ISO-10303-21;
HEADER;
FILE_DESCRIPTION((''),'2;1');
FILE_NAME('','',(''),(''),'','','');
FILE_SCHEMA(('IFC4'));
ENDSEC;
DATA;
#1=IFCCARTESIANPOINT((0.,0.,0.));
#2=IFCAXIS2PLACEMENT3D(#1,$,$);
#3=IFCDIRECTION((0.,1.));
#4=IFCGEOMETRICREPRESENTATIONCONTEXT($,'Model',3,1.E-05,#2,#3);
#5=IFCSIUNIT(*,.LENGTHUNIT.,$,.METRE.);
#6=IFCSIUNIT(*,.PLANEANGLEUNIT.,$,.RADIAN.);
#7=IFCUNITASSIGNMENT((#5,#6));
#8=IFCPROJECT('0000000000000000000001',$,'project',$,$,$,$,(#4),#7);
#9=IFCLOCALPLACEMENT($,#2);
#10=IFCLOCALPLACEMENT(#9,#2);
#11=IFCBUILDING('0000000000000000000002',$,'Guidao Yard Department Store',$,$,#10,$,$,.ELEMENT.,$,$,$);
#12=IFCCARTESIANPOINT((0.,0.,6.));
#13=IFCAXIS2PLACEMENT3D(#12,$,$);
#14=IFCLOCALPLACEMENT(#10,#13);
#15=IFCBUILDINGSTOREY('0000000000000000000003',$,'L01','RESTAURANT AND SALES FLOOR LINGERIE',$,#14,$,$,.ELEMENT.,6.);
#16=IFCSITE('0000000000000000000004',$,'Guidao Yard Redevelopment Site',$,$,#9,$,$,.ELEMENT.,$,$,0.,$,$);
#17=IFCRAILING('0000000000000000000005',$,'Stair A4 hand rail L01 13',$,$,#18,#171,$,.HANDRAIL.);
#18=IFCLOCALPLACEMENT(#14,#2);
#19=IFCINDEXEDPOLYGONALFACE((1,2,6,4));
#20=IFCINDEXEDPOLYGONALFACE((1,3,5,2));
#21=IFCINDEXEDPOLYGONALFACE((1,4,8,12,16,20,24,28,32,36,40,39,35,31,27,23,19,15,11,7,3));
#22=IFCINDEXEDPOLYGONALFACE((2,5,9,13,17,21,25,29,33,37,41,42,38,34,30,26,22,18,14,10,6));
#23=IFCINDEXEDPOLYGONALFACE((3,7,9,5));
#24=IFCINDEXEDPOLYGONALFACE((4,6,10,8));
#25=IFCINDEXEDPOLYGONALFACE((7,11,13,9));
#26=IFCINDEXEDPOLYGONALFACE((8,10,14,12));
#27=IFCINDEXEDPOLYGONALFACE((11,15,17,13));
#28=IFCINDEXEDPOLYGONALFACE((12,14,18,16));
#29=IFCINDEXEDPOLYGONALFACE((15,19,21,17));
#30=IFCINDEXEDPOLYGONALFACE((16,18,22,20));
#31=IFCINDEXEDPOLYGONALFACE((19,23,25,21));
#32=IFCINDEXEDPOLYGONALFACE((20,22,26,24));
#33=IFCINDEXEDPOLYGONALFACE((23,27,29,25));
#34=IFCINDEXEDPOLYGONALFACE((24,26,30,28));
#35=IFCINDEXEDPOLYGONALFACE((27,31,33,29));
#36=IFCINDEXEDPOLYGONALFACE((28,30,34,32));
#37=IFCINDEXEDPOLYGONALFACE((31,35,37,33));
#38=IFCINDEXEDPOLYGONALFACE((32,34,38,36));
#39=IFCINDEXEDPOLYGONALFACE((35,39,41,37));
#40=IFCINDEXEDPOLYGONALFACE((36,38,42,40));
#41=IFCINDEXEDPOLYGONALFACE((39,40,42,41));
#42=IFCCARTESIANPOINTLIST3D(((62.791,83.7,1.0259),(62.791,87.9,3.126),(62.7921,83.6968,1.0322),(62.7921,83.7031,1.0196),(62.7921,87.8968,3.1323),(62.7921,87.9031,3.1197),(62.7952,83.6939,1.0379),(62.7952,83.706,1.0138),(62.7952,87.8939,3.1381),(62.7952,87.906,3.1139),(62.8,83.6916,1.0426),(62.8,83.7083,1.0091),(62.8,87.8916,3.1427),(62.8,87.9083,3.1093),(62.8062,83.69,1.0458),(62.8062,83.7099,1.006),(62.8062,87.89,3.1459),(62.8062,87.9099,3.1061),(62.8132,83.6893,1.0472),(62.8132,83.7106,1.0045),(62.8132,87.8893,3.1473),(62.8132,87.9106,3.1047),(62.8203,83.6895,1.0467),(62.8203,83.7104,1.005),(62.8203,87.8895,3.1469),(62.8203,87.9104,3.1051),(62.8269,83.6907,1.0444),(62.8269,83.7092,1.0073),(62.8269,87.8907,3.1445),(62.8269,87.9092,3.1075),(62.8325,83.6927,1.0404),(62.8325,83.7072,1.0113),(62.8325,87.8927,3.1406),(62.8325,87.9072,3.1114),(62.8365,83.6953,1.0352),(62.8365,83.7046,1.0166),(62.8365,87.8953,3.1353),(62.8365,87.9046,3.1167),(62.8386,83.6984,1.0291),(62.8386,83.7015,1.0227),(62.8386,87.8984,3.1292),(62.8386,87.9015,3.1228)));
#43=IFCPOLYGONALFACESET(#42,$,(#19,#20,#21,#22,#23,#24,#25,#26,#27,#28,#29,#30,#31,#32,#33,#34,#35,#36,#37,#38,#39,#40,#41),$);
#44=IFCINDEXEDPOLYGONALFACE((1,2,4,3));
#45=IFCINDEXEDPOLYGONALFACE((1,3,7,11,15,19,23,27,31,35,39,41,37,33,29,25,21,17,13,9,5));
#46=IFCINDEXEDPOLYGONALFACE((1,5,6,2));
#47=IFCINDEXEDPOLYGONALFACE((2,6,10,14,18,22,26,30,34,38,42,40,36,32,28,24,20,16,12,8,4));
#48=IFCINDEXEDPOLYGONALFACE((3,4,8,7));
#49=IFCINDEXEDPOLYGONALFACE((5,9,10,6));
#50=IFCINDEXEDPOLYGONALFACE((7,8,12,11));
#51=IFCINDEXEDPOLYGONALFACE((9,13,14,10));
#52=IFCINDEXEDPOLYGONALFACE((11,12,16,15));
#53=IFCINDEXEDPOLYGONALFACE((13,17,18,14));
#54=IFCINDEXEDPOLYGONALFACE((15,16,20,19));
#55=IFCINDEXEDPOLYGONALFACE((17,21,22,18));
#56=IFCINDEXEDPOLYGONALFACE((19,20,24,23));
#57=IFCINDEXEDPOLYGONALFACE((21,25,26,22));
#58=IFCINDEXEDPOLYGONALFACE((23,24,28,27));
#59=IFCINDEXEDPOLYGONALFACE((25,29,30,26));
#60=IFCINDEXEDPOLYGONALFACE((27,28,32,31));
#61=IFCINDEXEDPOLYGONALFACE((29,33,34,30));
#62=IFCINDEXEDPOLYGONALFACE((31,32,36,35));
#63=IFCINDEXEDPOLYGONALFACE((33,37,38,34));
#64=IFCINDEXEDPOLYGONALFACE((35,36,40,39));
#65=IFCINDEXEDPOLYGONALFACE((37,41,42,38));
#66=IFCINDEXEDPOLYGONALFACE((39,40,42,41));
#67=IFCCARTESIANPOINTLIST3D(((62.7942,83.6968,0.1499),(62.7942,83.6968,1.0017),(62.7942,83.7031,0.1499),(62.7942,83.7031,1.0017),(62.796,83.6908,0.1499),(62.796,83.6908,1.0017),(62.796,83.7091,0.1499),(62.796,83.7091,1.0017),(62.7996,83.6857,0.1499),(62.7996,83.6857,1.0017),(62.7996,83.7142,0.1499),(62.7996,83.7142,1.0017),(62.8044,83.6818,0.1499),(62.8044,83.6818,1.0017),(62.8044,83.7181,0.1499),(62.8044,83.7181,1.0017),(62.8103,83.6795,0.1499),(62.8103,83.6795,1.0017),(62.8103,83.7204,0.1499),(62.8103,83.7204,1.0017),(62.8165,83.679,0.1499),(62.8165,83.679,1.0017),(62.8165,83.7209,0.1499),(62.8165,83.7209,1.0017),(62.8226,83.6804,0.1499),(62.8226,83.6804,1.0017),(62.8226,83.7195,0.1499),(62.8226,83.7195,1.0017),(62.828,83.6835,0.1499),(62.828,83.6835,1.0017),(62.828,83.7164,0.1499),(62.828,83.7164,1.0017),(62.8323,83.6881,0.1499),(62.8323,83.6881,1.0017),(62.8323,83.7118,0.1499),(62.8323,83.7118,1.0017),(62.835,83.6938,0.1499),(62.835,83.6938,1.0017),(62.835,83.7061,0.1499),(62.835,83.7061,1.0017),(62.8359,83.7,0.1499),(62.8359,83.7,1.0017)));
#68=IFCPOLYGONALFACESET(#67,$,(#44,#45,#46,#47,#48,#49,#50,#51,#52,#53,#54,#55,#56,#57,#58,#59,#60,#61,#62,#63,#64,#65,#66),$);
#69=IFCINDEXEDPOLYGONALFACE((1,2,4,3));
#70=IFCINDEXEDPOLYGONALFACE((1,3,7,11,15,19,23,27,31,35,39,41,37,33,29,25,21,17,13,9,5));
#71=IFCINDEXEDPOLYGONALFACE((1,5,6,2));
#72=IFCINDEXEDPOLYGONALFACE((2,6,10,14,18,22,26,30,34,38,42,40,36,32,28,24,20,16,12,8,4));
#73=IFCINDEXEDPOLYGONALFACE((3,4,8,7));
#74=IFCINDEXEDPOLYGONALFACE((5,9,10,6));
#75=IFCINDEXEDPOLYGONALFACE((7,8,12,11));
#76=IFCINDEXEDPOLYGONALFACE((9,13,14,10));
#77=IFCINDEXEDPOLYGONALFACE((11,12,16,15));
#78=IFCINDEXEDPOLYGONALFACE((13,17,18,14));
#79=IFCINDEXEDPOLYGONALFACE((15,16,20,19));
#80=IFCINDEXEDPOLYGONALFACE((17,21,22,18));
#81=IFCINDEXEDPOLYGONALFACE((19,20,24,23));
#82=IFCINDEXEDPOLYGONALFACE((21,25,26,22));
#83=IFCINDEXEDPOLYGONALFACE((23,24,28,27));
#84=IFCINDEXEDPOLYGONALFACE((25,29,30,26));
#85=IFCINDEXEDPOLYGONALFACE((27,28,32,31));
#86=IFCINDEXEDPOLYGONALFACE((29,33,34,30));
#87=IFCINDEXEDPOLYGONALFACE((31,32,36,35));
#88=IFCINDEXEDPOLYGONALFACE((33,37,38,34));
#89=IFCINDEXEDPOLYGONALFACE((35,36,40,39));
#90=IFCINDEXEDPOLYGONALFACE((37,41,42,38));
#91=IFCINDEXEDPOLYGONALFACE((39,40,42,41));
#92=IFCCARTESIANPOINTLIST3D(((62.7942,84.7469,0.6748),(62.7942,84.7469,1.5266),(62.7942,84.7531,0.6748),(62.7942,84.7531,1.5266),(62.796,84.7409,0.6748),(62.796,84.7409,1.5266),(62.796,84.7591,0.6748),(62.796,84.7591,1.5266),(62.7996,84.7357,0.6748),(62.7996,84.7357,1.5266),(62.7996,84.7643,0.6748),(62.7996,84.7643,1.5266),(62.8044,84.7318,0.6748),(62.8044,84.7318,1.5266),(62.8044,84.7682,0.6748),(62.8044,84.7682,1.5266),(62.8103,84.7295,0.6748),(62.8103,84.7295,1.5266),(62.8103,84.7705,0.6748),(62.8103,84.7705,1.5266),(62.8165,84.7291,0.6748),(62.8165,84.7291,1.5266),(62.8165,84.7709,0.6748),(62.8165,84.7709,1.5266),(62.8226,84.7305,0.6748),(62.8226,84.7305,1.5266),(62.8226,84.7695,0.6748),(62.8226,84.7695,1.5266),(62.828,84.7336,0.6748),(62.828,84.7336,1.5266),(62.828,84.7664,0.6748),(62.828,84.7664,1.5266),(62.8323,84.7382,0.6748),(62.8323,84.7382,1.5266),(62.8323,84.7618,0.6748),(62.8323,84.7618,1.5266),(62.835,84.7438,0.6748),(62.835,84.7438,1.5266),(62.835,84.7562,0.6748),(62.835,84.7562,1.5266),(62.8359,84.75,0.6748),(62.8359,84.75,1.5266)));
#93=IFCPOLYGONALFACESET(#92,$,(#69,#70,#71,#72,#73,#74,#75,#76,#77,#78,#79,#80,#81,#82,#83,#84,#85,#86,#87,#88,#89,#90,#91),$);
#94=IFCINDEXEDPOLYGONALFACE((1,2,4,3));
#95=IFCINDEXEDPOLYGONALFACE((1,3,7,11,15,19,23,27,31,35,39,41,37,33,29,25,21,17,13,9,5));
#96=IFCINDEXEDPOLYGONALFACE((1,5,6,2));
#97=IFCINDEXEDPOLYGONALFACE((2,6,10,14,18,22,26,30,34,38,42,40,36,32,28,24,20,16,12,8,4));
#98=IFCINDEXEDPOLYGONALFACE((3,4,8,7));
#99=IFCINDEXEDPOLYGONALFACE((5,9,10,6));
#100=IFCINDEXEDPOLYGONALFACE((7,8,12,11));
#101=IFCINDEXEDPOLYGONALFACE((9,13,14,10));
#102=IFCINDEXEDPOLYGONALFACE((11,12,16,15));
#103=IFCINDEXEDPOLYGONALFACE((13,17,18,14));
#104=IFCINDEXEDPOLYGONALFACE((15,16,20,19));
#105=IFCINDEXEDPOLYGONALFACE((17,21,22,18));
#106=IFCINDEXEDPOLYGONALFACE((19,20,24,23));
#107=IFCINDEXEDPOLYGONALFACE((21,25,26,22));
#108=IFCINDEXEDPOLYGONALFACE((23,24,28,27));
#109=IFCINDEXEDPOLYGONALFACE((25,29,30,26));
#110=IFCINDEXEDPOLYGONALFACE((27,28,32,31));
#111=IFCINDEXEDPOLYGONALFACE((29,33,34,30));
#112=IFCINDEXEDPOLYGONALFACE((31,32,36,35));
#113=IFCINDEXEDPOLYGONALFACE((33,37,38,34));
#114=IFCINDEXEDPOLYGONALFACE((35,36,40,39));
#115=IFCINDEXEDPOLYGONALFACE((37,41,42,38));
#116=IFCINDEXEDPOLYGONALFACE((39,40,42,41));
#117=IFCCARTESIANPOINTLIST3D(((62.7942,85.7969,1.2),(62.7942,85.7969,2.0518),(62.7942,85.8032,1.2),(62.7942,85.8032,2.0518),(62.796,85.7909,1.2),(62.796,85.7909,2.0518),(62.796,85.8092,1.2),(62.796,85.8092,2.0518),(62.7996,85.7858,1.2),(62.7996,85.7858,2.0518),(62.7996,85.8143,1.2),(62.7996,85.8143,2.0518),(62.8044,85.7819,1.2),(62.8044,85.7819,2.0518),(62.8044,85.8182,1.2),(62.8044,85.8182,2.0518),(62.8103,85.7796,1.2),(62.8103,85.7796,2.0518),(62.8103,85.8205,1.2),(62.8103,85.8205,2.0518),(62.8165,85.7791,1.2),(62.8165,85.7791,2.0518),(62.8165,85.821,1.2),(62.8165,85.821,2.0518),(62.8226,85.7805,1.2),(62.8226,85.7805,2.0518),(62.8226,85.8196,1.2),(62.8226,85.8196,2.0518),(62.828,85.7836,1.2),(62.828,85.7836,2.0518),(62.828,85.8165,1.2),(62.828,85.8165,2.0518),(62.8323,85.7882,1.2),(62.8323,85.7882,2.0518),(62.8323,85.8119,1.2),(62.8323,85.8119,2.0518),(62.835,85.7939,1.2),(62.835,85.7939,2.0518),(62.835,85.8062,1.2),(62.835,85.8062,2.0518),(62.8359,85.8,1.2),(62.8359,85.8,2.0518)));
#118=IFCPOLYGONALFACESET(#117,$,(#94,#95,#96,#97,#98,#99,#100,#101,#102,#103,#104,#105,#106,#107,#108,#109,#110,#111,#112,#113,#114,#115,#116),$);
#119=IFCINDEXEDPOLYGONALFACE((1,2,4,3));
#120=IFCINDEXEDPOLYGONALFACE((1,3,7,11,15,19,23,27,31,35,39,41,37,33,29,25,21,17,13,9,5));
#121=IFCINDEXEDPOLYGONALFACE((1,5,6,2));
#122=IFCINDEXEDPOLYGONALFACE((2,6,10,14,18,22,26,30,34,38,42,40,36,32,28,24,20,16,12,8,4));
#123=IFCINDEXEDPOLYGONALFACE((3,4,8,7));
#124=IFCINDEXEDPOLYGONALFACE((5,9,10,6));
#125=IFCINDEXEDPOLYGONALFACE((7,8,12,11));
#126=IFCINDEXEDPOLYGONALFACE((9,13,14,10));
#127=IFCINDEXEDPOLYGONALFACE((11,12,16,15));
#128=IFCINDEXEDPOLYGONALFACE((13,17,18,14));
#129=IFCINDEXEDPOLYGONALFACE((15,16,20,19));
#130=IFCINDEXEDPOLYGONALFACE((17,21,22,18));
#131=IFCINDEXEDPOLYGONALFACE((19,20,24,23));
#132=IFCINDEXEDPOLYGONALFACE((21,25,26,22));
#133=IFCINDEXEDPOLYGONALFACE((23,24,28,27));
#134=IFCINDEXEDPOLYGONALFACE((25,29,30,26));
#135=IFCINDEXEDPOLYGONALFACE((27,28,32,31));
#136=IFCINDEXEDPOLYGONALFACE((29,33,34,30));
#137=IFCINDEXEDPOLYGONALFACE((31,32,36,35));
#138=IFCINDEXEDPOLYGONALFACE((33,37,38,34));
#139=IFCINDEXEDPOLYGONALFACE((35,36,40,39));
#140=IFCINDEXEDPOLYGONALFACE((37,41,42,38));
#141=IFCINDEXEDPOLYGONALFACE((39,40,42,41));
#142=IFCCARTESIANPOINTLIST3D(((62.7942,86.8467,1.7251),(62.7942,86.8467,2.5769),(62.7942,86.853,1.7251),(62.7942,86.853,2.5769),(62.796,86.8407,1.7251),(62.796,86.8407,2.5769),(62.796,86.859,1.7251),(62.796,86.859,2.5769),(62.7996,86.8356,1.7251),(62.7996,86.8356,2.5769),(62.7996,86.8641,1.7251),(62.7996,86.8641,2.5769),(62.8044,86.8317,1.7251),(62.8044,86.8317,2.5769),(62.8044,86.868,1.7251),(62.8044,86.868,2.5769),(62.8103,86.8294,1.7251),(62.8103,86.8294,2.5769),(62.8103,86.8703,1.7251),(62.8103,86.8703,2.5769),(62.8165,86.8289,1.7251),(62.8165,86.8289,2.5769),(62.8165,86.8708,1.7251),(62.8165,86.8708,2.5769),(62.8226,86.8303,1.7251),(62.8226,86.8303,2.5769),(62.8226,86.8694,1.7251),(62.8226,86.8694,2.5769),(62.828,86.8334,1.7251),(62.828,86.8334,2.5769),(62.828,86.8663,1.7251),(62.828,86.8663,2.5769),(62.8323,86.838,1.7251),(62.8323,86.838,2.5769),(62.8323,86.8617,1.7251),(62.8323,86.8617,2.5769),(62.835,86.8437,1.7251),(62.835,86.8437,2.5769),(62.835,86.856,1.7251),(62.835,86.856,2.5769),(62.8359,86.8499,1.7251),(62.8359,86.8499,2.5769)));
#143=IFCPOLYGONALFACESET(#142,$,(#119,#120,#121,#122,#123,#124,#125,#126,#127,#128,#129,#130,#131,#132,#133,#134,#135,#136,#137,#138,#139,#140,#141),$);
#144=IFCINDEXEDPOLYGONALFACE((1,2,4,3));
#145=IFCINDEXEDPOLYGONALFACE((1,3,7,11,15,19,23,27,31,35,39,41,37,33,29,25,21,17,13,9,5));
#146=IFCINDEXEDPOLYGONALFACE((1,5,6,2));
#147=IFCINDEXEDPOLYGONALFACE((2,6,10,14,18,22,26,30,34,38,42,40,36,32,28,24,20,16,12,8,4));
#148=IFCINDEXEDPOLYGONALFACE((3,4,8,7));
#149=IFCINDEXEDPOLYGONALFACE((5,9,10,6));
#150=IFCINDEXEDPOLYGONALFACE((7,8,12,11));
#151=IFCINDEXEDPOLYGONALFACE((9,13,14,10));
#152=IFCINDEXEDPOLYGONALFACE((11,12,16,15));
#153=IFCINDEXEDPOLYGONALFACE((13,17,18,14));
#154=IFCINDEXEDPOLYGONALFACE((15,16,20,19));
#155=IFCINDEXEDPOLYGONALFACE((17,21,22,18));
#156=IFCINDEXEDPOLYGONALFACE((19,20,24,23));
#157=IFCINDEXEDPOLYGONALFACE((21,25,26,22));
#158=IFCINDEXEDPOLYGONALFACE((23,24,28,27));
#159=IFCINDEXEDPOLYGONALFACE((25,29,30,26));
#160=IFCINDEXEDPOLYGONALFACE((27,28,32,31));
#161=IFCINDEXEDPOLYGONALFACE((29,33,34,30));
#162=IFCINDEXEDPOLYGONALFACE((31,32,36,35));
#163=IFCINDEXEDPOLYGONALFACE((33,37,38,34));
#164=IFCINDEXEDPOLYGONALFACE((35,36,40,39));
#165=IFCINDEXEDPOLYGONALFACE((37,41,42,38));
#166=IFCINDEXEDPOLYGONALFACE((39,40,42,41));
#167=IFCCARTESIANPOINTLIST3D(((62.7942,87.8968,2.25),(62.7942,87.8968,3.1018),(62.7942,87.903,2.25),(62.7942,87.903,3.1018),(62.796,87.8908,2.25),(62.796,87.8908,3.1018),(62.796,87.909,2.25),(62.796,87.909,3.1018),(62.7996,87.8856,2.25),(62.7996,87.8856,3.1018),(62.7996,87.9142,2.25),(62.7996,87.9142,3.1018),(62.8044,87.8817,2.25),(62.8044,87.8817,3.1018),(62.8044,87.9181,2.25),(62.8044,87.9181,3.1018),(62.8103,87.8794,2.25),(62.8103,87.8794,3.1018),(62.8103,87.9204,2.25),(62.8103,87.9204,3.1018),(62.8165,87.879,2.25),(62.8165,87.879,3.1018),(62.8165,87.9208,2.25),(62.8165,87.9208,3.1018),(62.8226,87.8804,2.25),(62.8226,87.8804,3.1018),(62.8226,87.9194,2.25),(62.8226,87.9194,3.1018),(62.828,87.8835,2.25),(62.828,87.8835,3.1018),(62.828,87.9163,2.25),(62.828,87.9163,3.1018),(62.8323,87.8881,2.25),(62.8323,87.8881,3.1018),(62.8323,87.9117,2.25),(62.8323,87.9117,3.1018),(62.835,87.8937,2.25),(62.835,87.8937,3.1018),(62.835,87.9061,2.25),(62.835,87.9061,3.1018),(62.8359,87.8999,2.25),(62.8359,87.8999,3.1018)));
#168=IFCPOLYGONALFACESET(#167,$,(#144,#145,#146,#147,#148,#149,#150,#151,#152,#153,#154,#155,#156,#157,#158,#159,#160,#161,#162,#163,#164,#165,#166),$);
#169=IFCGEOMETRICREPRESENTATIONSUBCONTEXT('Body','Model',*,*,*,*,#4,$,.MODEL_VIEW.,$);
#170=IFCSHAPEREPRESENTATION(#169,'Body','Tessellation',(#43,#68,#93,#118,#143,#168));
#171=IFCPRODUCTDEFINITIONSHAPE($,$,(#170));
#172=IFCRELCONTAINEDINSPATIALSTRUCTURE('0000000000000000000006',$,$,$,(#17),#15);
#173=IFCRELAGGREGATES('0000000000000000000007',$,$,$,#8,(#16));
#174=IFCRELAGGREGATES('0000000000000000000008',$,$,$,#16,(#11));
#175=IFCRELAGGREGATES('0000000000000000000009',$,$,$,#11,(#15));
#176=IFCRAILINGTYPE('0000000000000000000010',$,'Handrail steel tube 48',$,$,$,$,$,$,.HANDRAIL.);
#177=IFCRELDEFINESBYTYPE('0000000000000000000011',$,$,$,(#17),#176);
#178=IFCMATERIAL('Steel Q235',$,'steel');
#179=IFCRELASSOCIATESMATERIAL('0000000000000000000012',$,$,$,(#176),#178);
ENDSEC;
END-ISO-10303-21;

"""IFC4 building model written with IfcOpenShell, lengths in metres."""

from ifc_helpers import new_model, si_unit, direction, frame, origin, origin_2d, place, context, subcontext, project, spatial, circle, extrude, material, type_object, element, save


model = new_model("IFC4")

# Units and contexts
model_context = context("Model", 3, precision=1e-05, world=origin(), true_north=direction((0.0, 1.0)))
body_context = subcontext(model_context, "Body", "Model", "MODEL_VIEW")
ifc_project = project(units=[si_unit("LENGTHUNIT", "METRE"), si_unit("PLANEANGLEUNIT", "RADIAN")], contexts=[model_context])

# Site, building, storey
site_placement = place(None, origin())
site = spatial("IfcSite", under=ifc_project, at=site_placement, Name="Guidao Yard Redevelopment Site", CompositionType="ELEMENT", RefElevation=0.0)
building_placement = place(site_placement, origin())
building = spatial("IfcBuilding", under=site, at=building_placement, Name="Guidao Yard Department Store", CompositionType="ELEMENT")
storey_placement = place(building_placement, frame((0.0, 0.0, 6.0)))
storey = spatial("IfcBuildingStorey", under=building, at=storey_placement, Name="L01", Description="RESTAURANT AND SALES FLOOR LINGERIE", CompositionType="ELEMENT", Elevation=6.0)

# Railing
ifc_material_1 = material(Name="Steel Q235", Category="steel")
railing_type_1 = type_object("IfcRailingType", Name="Handrail steel tube 48", PredefinedType="HANDRAIL", material=ifc_material_1)
for number, where, name in (
    (1, (62.8149, 83.7, 0.1499), "Stair A4 hand rail L01 13"),
):
    element("IfcRailing", number, at=place(storey_placement, frame(where)), inside=storey, type_object=railing_type_1, Name=name, PredefinedType="HANDRAIL", context=body_context, shape_type="SweptSolid", body=[
        extrude(circle(Radius=0.0239, at=origin_2d()), frame((0.0, 0.0, 0.876), z_axis=(0.0, 0.894417, 0.447234), x_axis=(-1.0, 0.0, 0.0)), (0.0, 0.0, 1.0), 4.6958),
        extrude(circle(Radius=0.021, at=origin_2d()), origin(), (0.0, 0.0, 1.0), 0.8518),
        extrude(circle(Radius=0.021, at=origin_2d()), frame((0.0, 1.05, 0.5249)), (0.0, 0.0, 1.0), 0.8518),
        extrude(circle(Radius=0.021, at=origin_2d()), frame((0.0, 2.1001, 1.05)), (0.0, 0.0, 1.0), 0.8518),
        extrude(circle(Radius=0.021, at=origin_2d()), frame((0.0, 3.1499, 1.5752)), (0.0, 0.0, 1.0), 0.8518),
        extrude(circle(Radius=0.021, at=origin_2d()), frame((0.0, 4.2, 2.1001)), (0.0, 0.0, 1.0), 0.8518),
    ])

save(model, "model.ifc")
